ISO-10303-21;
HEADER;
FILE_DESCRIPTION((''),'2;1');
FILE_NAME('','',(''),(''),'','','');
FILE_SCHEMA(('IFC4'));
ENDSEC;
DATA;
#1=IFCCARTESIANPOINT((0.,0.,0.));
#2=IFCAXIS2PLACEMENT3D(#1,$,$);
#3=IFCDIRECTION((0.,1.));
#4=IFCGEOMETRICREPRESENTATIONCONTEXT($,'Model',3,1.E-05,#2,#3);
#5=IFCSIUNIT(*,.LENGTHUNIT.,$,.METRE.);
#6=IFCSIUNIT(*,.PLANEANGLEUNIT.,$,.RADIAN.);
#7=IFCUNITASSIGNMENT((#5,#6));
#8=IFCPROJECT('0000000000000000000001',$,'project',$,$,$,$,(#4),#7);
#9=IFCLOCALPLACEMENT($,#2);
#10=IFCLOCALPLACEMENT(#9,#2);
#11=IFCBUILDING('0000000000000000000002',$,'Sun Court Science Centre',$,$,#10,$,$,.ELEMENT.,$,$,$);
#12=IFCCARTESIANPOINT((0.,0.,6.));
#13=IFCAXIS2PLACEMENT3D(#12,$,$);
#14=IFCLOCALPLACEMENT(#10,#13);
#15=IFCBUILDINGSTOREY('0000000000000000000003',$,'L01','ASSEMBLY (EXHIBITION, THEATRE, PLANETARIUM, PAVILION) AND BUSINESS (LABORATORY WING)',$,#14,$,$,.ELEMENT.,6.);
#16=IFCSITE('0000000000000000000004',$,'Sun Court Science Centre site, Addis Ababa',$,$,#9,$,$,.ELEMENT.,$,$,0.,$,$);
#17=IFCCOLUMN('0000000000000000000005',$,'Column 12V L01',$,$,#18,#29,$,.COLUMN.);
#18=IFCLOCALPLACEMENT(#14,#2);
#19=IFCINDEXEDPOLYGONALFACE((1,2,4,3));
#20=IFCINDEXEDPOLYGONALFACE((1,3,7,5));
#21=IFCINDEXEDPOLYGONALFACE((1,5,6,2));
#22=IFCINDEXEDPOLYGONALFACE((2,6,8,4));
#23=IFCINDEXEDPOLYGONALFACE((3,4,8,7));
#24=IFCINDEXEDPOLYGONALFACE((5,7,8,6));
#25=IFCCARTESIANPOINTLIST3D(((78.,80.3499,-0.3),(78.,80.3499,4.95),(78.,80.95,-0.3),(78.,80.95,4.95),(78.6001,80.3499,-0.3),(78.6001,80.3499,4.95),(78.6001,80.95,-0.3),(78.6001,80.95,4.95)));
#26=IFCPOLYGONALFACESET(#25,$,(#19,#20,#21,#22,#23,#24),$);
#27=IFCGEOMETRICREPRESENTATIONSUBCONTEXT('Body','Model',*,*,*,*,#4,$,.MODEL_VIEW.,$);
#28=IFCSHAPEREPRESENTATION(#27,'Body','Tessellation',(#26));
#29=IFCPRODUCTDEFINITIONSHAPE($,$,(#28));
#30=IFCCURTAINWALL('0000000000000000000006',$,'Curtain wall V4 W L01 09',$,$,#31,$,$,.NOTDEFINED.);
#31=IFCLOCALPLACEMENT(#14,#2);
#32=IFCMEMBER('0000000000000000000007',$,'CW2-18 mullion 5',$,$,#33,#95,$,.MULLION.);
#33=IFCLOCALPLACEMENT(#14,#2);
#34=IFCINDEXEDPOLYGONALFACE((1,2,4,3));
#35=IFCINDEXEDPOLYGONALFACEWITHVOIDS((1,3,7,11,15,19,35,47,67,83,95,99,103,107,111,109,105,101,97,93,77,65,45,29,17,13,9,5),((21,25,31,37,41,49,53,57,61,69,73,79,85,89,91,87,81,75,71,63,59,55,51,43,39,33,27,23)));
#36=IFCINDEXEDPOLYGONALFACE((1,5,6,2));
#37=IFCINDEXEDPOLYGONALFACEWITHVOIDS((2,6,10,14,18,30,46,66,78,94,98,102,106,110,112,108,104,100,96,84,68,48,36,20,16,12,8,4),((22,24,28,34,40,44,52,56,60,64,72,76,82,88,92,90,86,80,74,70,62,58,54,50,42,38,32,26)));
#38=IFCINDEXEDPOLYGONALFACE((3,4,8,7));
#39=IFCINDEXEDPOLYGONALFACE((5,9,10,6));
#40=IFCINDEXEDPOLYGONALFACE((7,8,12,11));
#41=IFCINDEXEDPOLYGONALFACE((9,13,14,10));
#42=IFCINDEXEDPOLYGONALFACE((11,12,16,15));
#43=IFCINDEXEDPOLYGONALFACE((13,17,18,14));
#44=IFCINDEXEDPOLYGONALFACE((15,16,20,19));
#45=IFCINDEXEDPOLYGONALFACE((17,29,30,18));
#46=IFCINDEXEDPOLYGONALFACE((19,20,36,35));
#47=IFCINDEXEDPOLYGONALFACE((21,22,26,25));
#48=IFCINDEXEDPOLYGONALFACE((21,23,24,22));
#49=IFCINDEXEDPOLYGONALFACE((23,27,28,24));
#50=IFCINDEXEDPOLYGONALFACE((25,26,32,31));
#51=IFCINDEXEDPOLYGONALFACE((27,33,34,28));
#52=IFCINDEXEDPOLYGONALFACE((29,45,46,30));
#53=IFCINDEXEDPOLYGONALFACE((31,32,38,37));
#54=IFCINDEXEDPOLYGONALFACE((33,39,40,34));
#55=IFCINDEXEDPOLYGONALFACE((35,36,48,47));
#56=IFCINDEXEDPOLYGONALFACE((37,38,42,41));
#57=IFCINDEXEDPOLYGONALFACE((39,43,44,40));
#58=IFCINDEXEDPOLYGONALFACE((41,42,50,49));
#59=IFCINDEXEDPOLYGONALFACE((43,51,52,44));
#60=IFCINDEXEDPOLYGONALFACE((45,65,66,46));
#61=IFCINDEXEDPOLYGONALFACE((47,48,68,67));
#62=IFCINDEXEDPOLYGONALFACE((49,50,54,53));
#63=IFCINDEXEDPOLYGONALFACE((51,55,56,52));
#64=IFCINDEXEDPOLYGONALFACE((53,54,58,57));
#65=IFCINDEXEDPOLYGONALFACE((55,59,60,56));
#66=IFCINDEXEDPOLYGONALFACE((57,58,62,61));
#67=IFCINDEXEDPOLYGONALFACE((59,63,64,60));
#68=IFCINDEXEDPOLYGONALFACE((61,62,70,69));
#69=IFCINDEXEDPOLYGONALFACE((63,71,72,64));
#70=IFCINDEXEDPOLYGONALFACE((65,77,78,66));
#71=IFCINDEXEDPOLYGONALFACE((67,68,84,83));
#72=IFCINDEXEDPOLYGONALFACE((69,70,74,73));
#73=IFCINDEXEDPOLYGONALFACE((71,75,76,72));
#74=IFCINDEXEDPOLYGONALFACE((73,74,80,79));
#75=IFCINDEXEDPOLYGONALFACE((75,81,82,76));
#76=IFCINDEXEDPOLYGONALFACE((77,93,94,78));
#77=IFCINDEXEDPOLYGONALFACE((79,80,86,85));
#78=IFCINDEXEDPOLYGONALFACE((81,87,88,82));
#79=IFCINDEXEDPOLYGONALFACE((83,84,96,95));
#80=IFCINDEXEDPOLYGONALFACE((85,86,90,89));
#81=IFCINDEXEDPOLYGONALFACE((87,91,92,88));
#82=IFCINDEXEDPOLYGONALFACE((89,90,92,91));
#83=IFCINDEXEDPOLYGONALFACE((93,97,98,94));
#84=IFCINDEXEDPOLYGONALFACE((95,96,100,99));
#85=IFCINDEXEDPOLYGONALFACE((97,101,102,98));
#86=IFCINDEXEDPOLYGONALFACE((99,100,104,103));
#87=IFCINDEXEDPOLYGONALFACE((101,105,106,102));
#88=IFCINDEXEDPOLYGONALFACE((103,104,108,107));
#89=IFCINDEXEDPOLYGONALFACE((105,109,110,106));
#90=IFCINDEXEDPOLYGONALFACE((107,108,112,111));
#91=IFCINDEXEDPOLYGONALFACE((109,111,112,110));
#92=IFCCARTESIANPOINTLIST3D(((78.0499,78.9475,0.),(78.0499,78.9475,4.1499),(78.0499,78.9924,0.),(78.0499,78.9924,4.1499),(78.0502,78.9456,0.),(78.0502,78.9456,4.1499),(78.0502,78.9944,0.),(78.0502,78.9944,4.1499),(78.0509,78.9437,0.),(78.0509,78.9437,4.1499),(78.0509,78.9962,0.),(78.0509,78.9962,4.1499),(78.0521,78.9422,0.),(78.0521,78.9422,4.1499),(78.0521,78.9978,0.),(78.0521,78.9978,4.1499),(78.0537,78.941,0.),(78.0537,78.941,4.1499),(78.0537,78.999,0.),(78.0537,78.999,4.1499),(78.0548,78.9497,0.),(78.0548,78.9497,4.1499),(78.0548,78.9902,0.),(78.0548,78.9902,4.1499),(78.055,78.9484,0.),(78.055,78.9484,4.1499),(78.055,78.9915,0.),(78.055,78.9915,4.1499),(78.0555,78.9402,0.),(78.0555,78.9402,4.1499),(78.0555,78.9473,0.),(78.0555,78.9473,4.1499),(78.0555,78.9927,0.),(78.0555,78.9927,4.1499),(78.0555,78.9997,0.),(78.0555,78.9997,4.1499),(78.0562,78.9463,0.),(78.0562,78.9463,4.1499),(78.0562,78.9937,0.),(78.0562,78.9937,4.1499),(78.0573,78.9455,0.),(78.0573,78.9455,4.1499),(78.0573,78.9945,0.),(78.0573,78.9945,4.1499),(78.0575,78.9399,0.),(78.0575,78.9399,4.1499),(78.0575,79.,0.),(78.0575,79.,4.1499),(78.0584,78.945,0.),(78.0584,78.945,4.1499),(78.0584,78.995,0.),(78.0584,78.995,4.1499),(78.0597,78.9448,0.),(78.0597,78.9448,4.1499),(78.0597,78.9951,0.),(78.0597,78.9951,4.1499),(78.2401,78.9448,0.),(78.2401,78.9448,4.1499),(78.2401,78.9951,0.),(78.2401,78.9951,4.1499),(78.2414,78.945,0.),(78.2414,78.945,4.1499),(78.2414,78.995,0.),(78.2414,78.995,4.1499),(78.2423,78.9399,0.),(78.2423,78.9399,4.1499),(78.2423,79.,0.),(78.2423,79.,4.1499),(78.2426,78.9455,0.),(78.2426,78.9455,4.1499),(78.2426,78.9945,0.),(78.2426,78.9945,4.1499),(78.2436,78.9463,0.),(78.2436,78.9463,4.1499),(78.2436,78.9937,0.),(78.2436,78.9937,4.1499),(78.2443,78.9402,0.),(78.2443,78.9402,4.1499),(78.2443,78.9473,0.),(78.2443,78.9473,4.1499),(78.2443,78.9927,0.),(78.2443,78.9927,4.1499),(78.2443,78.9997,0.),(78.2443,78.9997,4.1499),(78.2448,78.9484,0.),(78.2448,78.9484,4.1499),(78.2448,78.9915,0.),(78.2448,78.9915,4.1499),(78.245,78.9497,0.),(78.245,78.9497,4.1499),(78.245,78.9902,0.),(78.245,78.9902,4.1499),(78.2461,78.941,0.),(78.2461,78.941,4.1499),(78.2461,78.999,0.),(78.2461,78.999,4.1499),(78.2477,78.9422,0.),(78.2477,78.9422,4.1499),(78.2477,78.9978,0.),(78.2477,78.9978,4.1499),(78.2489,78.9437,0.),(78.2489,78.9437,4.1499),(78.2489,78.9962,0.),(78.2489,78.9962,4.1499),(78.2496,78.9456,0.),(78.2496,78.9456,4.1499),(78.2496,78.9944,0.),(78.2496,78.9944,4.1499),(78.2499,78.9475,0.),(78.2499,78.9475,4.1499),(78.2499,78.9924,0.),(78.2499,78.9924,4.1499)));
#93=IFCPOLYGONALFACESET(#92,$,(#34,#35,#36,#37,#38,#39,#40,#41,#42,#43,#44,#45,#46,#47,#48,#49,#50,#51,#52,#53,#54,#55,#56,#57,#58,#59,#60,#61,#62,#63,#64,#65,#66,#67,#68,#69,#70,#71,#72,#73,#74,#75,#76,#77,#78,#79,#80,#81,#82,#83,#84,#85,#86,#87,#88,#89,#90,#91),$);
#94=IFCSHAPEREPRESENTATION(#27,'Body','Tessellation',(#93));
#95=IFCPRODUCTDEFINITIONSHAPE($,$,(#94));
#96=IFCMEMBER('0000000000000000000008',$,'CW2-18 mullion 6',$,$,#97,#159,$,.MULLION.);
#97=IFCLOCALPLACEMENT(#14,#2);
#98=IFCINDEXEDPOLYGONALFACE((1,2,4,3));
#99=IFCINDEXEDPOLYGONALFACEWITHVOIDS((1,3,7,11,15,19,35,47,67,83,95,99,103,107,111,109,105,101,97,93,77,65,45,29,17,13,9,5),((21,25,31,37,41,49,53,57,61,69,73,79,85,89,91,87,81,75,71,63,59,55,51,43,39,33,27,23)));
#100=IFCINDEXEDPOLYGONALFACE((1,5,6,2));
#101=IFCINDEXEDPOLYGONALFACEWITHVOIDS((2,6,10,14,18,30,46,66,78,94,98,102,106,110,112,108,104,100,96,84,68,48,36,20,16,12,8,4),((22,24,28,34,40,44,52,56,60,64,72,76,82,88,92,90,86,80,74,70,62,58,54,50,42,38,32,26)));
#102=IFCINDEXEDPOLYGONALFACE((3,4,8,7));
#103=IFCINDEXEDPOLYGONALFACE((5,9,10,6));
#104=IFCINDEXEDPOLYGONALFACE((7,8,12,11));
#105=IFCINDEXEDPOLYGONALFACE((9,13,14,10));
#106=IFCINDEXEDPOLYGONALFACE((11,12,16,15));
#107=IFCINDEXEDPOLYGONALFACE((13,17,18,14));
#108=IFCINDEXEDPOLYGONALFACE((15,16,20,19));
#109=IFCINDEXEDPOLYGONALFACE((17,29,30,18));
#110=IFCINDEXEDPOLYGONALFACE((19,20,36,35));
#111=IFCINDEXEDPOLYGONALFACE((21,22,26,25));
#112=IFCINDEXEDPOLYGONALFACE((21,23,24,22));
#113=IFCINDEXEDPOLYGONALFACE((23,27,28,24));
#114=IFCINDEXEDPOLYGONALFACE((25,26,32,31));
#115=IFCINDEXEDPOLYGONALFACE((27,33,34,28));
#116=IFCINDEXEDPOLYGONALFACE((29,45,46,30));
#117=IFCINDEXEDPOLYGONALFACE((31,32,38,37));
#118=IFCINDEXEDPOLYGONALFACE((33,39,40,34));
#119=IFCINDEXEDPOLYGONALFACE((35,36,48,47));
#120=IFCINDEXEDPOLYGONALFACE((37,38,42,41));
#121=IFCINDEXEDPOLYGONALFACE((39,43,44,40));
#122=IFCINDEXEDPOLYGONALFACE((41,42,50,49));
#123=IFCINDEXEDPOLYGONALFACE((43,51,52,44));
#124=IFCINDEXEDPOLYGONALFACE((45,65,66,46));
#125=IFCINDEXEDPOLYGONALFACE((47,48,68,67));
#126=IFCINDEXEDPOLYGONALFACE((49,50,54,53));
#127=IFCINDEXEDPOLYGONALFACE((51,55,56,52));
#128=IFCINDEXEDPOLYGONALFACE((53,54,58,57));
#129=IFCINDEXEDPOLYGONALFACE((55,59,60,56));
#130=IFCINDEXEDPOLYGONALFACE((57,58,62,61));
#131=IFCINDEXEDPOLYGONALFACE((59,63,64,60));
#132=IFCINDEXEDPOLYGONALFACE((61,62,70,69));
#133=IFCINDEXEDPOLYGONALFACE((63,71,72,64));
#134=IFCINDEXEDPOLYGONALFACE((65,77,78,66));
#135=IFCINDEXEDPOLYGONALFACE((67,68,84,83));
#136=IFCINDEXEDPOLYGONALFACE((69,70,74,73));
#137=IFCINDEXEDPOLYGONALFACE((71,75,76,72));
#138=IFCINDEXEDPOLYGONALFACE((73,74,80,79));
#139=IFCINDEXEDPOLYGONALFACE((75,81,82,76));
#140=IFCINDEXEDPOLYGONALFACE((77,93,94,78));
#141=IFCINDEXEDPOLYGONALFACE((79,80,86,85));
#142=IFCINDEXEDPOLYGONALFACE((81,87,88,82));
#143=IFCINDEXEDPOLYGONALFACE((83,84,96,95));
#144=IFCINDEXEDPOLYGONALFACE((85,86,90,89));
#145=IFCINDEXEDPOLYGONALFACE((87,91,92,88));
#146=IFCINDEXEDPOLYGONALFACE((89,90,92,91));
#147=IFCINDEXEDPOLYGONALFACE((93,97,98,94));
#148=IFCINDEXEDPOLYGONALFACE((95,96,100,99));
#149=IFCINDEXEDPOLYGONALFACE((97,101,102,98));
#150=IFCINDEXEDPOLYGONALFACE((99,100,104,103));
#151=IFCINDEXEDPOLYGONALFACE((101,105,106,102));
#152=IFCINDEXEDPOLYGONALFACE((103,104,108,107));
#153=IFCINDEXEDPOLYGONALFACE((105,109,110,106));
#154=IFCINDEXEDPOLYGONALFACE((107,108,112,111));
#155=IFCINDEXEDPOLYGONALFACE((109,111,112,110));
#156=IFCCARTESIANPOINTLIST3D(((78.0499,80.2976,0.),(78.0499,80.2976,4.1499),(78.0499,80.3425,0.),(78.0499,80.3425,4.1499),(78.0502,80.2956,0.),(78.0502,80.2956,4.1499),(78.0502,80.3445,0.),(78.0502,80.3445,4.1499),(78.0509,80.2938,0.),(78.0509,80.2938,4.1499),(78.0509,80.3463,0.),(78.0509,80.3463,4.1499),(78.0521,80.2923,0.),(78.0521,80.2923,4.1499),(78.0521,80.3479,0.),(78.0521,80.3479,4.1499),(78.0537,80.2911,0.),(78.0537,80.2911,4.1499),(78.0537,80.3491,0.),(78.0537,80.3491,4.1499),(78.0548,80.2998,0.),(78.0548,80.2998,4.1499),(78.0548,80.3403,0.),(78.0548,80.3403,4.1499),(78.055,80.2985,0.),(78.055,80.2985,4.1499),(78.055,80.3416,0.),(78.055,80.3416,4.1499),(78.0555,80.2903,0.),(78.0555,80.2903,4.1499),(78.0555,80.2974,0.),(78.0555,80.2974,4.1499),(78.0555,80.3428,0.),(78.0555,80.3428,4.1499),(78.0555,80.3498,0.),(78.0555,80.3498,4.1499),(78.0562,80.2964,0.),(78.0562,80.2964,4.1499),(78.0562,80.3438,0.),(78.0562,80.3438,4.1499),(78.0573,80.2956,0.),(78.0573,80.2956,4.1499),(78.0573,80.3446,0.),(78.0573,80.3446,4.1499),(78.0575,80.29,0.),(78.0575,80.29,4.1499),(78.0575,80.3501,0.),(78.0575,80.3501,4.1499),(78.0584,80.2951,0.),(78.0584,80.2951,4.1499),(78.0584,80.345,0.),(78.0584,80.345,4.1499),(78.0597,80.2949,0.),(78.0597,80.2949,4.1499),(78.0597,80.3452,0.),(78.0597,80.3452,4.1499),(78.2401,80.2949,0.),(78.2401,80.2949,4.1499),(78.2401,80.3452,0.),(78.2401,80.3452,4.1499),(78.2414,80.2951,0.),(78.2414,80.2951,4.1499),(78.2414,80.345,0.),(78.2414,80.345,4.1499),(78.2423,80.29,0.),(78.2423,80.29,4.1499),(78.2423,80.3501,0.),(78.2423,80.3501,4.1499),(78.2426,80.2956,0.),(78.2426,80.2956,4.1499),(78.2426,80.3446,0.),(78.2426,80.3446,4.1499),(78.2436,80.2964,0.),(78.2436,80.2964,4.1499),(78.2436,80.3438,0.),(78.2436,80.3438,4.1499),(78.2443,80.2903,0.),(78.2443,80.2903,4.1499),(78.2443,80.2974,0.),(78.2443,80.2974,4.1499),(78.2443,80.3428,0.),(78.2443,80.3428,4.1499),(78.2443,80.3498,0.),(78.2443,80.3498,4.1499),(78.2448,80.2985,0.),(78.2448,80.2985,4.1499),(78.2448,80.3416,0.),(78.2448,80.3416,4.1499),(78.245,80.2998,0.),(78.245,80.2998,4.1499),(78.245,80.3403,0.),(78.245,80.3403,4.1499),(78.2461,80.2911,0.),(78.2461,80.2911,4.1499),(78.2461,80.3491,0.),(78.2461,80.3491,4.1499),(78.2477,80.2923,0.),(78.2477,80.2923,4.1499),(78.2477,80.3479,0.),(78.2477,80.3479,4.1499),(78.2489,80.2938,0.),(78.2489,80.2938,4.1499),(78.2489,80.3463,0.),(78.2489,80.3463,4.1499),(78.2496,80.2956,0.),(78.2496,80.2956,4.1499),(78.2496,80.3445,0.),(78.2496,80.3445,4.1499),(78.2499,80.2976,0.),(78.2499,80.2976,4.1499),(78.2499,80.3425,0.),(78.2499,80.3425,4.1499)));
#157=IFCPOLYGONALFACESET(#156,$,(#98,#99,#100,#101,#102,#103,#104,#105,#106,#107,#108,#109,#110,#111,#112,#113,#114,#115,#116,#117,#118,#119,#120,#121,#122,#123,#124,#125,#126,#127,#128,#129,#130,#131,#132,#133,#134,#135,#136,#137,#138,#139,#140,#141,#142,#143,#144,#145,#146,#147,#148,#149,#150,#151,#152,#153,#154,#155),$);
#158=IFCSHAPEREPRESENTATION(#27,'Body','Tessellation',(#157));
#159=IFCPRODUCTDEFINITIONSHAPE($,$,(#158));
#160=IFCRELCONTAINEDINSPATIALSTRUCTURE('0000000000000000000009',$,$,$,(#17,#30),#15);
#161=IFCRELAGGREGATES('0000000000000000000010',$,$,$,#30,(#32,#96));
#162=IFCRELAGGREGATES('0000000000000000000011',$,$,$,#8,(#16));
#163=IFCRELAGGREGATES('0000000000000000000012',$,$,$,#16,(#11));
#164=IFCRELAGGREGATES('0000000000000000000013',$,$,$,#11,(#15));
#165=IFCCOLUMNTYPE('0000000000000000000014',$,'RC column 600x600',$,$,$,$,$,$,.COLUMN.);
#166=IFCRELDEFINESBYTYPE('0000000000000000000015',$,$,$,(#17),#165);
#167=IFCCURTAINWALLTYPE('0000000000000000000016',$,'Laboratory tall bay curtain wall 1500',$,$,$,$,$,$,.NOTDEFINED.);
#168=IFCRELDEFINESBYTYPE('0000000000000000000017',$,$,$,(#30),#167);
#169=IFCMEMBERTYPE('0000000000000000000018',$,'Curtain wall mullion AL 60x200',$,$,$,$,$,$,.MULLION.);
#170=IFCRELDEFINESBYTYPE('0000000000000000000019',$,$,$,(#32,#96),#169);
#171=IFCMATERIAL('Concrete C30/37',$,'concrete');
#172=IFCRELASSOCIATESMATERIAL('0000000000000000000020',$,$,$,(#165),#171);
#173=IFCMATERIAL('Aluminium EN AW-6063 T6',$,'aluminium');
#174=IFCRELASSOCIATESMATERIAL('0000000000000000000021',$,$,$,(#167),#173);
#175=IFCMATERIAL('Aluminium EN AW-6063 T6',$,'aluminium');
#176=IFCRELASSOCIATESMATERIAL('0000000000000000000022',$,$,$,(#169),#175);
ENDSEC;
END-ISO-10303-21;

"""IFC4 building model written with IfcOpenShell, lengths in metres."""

from ifc_helpers import new_model, si_unit, direction, frame, origin, origin_2d, place, context, subcontext, project, spatial, rectangle, hollow_rectangle, extrude, material, material_profile, profile_set, type_object, element, aggregate, save


model = new_model("IFC4")

# Units and contexts
model_context = context("Model", 3, precision=1e-05, world=origin(), true_north=direction((0.0, 1.0)))
body_context = subcontext(model_context, "Body", "Model", "MODEL_VIEW")
ifc_project = project(units=[si_unit("LENGTHUNIT", "METRE"), si_unit("PLANEANGLEUNIT", "RADIAN")], contexts=[model_context])

# Site, building, storey
site_placement = place(None, origin())
site = spatial("IfcSite", under=ifc_project, at=site_placement, Name="Sun Court Science Centre site, Addis Ababa", CompositionType="ELEMENT", RefElevation=0.0)
building_placement = place(site_placement, origin())
building = spatial("IfcBuilding", under=site, at=building_placement, Name="Sun Court Science Centre", CompositionType="ELEMENT")
storey_placement = place(building_placement, frame((0.0, 0.0, 6.0)))
storey = spatial("IfcBuildingStorey", under=building, at=storey_placement, Name="L01", Description="ASSEMBLY (EXHIBITION, THEATRE, PLANETARIUM, PAVILION) AND BUSINESS (LABORATORY WING)", CompositionType="ELEMENT", Elevation=6.0)

# Column
ifc_material_1 = material(Name="Concrete C30/37", Category="concrete")
ifc_material_profile_1 = material_profile(ifc_material_1, rectangle(XDim=0.6001, YDim=0.6001, at=origin_2d()), Name="RC 600x600")
ifc_profile_set_1 = profile_set([ifc_material_profile_1], Name="Concrete C30/37")
column_type = type_object("IfcColumnType", Name="RC column 600x600", PredefinedType="COLUMN", material=ifc_profile_set_1)
column_placement = place(storey_placement, frame((78.3, 80.6499, -0.3), z_axis=(0.0, 0.0, 1.0), x_axis=(1.0, 0.0, 0.0)))
element("IfcColumn", 1, at=column_placement, inside=storey, type_object=column_type, Name="Column 12V L01", PredefinedType="COLUMN", context=body_context, shape_type="SweptSolid", body=[
    extrude(rectangle(XDim=0.6001, YDim=0.6001, at=origin_2d()), origin(), (0.0, 0.0, 1.0), 5.25),
])

# Curtain wall, members
ifc_material_2 = material(Name="Aluminium EN AW-6063 T6", Category="aluminium")
curtain_wall_type = type_object("IfcCurtainWallType", Name="Laboratory tall bay curtain wall 1500", PredefinedType="NOTDEFINED", material=ifc_material_2)
curtain_wall_1_placement = place(storey_placement, origin())
curtain_wall_1 = element("IfcCurtainWall", 2, at=curtain_wall_1_placement, inside=storey, type_object=curtain_wall_type, Name="Curtain wall V4 W L01 09", PredefinedType="NOTDEFINED")
ifc_material_3 = material(Name="Aluminium EN AW-6063 T6", Category="aluminium")
ifc_material_profile_2 = material_profile(ifc_material_3, hollow_rectangle(XDim=0.0601, YDim=0.2, WallThickness=0.0049, InnerFilletRadius=0.0049, OuterFilletRadius=0.0076, at=origin_2d()), Name="AL 60x200x5")
ifc_profile_set_2 = profile_set([ifc_material_profile_2], Name="Aluminium EN AW-6063 T6")
member_type_1 = type_object("IfcMemberType", Name="Curtain wall mullion AL 60x200", PredefinedType="MULLION", material=ifc_profile_set_2)
member_1_placement = place(storey_placement, frame((78.1499, 78.97, 0.0), z_axis=(0.0, 0.0, 1.0), x_axis=(0.0, 1.0, 0.0)))
member_1 = element("IfcMember", 3, at=member_1_placement, type_object=member_type_1, Name="CW2-18 mullion 5", PredefinedType="MULLION", context=body_context, shape_type="SweptSolid", body=[
    extrude(hollow_rectangle(XDim=0.0601, YDim=0.2, WallThickness=0.0049, InnerFilletRadius=0.0049, OuterFilletRadius=0.0076, at=origin_2d()), origin(), (0.0, 0.0, 1.0), 4.1499),
])
member_2_placement = place(storey_placement, frame((78.1499, 80.3201, 0.0), z_axis=(0.0, 0.0, 1.0), x_axis=(0.0, 1.0, 0.0)))
member_2 = element("IfcMember", 4, at=member_2_placement, type_object=member_type_1, Name="CW2-18 mullion 6", PredefinedType="MULLION", context=body_context, shape_type="SweptSolid", body=[
    extrude(hollow_rectangle(XDim=0.0601, YDim=0.2, WallThickness=0.0049, InnerFilletRadius=0.0049, OuterFilletRadius=0.0076, at=origin_2d()), origin(), (0.0, 0.0, 1.0), 4.1499),
])

aggregate(curtain_wall_1, [member_1, member_2])

save(model, "model.ifc")
